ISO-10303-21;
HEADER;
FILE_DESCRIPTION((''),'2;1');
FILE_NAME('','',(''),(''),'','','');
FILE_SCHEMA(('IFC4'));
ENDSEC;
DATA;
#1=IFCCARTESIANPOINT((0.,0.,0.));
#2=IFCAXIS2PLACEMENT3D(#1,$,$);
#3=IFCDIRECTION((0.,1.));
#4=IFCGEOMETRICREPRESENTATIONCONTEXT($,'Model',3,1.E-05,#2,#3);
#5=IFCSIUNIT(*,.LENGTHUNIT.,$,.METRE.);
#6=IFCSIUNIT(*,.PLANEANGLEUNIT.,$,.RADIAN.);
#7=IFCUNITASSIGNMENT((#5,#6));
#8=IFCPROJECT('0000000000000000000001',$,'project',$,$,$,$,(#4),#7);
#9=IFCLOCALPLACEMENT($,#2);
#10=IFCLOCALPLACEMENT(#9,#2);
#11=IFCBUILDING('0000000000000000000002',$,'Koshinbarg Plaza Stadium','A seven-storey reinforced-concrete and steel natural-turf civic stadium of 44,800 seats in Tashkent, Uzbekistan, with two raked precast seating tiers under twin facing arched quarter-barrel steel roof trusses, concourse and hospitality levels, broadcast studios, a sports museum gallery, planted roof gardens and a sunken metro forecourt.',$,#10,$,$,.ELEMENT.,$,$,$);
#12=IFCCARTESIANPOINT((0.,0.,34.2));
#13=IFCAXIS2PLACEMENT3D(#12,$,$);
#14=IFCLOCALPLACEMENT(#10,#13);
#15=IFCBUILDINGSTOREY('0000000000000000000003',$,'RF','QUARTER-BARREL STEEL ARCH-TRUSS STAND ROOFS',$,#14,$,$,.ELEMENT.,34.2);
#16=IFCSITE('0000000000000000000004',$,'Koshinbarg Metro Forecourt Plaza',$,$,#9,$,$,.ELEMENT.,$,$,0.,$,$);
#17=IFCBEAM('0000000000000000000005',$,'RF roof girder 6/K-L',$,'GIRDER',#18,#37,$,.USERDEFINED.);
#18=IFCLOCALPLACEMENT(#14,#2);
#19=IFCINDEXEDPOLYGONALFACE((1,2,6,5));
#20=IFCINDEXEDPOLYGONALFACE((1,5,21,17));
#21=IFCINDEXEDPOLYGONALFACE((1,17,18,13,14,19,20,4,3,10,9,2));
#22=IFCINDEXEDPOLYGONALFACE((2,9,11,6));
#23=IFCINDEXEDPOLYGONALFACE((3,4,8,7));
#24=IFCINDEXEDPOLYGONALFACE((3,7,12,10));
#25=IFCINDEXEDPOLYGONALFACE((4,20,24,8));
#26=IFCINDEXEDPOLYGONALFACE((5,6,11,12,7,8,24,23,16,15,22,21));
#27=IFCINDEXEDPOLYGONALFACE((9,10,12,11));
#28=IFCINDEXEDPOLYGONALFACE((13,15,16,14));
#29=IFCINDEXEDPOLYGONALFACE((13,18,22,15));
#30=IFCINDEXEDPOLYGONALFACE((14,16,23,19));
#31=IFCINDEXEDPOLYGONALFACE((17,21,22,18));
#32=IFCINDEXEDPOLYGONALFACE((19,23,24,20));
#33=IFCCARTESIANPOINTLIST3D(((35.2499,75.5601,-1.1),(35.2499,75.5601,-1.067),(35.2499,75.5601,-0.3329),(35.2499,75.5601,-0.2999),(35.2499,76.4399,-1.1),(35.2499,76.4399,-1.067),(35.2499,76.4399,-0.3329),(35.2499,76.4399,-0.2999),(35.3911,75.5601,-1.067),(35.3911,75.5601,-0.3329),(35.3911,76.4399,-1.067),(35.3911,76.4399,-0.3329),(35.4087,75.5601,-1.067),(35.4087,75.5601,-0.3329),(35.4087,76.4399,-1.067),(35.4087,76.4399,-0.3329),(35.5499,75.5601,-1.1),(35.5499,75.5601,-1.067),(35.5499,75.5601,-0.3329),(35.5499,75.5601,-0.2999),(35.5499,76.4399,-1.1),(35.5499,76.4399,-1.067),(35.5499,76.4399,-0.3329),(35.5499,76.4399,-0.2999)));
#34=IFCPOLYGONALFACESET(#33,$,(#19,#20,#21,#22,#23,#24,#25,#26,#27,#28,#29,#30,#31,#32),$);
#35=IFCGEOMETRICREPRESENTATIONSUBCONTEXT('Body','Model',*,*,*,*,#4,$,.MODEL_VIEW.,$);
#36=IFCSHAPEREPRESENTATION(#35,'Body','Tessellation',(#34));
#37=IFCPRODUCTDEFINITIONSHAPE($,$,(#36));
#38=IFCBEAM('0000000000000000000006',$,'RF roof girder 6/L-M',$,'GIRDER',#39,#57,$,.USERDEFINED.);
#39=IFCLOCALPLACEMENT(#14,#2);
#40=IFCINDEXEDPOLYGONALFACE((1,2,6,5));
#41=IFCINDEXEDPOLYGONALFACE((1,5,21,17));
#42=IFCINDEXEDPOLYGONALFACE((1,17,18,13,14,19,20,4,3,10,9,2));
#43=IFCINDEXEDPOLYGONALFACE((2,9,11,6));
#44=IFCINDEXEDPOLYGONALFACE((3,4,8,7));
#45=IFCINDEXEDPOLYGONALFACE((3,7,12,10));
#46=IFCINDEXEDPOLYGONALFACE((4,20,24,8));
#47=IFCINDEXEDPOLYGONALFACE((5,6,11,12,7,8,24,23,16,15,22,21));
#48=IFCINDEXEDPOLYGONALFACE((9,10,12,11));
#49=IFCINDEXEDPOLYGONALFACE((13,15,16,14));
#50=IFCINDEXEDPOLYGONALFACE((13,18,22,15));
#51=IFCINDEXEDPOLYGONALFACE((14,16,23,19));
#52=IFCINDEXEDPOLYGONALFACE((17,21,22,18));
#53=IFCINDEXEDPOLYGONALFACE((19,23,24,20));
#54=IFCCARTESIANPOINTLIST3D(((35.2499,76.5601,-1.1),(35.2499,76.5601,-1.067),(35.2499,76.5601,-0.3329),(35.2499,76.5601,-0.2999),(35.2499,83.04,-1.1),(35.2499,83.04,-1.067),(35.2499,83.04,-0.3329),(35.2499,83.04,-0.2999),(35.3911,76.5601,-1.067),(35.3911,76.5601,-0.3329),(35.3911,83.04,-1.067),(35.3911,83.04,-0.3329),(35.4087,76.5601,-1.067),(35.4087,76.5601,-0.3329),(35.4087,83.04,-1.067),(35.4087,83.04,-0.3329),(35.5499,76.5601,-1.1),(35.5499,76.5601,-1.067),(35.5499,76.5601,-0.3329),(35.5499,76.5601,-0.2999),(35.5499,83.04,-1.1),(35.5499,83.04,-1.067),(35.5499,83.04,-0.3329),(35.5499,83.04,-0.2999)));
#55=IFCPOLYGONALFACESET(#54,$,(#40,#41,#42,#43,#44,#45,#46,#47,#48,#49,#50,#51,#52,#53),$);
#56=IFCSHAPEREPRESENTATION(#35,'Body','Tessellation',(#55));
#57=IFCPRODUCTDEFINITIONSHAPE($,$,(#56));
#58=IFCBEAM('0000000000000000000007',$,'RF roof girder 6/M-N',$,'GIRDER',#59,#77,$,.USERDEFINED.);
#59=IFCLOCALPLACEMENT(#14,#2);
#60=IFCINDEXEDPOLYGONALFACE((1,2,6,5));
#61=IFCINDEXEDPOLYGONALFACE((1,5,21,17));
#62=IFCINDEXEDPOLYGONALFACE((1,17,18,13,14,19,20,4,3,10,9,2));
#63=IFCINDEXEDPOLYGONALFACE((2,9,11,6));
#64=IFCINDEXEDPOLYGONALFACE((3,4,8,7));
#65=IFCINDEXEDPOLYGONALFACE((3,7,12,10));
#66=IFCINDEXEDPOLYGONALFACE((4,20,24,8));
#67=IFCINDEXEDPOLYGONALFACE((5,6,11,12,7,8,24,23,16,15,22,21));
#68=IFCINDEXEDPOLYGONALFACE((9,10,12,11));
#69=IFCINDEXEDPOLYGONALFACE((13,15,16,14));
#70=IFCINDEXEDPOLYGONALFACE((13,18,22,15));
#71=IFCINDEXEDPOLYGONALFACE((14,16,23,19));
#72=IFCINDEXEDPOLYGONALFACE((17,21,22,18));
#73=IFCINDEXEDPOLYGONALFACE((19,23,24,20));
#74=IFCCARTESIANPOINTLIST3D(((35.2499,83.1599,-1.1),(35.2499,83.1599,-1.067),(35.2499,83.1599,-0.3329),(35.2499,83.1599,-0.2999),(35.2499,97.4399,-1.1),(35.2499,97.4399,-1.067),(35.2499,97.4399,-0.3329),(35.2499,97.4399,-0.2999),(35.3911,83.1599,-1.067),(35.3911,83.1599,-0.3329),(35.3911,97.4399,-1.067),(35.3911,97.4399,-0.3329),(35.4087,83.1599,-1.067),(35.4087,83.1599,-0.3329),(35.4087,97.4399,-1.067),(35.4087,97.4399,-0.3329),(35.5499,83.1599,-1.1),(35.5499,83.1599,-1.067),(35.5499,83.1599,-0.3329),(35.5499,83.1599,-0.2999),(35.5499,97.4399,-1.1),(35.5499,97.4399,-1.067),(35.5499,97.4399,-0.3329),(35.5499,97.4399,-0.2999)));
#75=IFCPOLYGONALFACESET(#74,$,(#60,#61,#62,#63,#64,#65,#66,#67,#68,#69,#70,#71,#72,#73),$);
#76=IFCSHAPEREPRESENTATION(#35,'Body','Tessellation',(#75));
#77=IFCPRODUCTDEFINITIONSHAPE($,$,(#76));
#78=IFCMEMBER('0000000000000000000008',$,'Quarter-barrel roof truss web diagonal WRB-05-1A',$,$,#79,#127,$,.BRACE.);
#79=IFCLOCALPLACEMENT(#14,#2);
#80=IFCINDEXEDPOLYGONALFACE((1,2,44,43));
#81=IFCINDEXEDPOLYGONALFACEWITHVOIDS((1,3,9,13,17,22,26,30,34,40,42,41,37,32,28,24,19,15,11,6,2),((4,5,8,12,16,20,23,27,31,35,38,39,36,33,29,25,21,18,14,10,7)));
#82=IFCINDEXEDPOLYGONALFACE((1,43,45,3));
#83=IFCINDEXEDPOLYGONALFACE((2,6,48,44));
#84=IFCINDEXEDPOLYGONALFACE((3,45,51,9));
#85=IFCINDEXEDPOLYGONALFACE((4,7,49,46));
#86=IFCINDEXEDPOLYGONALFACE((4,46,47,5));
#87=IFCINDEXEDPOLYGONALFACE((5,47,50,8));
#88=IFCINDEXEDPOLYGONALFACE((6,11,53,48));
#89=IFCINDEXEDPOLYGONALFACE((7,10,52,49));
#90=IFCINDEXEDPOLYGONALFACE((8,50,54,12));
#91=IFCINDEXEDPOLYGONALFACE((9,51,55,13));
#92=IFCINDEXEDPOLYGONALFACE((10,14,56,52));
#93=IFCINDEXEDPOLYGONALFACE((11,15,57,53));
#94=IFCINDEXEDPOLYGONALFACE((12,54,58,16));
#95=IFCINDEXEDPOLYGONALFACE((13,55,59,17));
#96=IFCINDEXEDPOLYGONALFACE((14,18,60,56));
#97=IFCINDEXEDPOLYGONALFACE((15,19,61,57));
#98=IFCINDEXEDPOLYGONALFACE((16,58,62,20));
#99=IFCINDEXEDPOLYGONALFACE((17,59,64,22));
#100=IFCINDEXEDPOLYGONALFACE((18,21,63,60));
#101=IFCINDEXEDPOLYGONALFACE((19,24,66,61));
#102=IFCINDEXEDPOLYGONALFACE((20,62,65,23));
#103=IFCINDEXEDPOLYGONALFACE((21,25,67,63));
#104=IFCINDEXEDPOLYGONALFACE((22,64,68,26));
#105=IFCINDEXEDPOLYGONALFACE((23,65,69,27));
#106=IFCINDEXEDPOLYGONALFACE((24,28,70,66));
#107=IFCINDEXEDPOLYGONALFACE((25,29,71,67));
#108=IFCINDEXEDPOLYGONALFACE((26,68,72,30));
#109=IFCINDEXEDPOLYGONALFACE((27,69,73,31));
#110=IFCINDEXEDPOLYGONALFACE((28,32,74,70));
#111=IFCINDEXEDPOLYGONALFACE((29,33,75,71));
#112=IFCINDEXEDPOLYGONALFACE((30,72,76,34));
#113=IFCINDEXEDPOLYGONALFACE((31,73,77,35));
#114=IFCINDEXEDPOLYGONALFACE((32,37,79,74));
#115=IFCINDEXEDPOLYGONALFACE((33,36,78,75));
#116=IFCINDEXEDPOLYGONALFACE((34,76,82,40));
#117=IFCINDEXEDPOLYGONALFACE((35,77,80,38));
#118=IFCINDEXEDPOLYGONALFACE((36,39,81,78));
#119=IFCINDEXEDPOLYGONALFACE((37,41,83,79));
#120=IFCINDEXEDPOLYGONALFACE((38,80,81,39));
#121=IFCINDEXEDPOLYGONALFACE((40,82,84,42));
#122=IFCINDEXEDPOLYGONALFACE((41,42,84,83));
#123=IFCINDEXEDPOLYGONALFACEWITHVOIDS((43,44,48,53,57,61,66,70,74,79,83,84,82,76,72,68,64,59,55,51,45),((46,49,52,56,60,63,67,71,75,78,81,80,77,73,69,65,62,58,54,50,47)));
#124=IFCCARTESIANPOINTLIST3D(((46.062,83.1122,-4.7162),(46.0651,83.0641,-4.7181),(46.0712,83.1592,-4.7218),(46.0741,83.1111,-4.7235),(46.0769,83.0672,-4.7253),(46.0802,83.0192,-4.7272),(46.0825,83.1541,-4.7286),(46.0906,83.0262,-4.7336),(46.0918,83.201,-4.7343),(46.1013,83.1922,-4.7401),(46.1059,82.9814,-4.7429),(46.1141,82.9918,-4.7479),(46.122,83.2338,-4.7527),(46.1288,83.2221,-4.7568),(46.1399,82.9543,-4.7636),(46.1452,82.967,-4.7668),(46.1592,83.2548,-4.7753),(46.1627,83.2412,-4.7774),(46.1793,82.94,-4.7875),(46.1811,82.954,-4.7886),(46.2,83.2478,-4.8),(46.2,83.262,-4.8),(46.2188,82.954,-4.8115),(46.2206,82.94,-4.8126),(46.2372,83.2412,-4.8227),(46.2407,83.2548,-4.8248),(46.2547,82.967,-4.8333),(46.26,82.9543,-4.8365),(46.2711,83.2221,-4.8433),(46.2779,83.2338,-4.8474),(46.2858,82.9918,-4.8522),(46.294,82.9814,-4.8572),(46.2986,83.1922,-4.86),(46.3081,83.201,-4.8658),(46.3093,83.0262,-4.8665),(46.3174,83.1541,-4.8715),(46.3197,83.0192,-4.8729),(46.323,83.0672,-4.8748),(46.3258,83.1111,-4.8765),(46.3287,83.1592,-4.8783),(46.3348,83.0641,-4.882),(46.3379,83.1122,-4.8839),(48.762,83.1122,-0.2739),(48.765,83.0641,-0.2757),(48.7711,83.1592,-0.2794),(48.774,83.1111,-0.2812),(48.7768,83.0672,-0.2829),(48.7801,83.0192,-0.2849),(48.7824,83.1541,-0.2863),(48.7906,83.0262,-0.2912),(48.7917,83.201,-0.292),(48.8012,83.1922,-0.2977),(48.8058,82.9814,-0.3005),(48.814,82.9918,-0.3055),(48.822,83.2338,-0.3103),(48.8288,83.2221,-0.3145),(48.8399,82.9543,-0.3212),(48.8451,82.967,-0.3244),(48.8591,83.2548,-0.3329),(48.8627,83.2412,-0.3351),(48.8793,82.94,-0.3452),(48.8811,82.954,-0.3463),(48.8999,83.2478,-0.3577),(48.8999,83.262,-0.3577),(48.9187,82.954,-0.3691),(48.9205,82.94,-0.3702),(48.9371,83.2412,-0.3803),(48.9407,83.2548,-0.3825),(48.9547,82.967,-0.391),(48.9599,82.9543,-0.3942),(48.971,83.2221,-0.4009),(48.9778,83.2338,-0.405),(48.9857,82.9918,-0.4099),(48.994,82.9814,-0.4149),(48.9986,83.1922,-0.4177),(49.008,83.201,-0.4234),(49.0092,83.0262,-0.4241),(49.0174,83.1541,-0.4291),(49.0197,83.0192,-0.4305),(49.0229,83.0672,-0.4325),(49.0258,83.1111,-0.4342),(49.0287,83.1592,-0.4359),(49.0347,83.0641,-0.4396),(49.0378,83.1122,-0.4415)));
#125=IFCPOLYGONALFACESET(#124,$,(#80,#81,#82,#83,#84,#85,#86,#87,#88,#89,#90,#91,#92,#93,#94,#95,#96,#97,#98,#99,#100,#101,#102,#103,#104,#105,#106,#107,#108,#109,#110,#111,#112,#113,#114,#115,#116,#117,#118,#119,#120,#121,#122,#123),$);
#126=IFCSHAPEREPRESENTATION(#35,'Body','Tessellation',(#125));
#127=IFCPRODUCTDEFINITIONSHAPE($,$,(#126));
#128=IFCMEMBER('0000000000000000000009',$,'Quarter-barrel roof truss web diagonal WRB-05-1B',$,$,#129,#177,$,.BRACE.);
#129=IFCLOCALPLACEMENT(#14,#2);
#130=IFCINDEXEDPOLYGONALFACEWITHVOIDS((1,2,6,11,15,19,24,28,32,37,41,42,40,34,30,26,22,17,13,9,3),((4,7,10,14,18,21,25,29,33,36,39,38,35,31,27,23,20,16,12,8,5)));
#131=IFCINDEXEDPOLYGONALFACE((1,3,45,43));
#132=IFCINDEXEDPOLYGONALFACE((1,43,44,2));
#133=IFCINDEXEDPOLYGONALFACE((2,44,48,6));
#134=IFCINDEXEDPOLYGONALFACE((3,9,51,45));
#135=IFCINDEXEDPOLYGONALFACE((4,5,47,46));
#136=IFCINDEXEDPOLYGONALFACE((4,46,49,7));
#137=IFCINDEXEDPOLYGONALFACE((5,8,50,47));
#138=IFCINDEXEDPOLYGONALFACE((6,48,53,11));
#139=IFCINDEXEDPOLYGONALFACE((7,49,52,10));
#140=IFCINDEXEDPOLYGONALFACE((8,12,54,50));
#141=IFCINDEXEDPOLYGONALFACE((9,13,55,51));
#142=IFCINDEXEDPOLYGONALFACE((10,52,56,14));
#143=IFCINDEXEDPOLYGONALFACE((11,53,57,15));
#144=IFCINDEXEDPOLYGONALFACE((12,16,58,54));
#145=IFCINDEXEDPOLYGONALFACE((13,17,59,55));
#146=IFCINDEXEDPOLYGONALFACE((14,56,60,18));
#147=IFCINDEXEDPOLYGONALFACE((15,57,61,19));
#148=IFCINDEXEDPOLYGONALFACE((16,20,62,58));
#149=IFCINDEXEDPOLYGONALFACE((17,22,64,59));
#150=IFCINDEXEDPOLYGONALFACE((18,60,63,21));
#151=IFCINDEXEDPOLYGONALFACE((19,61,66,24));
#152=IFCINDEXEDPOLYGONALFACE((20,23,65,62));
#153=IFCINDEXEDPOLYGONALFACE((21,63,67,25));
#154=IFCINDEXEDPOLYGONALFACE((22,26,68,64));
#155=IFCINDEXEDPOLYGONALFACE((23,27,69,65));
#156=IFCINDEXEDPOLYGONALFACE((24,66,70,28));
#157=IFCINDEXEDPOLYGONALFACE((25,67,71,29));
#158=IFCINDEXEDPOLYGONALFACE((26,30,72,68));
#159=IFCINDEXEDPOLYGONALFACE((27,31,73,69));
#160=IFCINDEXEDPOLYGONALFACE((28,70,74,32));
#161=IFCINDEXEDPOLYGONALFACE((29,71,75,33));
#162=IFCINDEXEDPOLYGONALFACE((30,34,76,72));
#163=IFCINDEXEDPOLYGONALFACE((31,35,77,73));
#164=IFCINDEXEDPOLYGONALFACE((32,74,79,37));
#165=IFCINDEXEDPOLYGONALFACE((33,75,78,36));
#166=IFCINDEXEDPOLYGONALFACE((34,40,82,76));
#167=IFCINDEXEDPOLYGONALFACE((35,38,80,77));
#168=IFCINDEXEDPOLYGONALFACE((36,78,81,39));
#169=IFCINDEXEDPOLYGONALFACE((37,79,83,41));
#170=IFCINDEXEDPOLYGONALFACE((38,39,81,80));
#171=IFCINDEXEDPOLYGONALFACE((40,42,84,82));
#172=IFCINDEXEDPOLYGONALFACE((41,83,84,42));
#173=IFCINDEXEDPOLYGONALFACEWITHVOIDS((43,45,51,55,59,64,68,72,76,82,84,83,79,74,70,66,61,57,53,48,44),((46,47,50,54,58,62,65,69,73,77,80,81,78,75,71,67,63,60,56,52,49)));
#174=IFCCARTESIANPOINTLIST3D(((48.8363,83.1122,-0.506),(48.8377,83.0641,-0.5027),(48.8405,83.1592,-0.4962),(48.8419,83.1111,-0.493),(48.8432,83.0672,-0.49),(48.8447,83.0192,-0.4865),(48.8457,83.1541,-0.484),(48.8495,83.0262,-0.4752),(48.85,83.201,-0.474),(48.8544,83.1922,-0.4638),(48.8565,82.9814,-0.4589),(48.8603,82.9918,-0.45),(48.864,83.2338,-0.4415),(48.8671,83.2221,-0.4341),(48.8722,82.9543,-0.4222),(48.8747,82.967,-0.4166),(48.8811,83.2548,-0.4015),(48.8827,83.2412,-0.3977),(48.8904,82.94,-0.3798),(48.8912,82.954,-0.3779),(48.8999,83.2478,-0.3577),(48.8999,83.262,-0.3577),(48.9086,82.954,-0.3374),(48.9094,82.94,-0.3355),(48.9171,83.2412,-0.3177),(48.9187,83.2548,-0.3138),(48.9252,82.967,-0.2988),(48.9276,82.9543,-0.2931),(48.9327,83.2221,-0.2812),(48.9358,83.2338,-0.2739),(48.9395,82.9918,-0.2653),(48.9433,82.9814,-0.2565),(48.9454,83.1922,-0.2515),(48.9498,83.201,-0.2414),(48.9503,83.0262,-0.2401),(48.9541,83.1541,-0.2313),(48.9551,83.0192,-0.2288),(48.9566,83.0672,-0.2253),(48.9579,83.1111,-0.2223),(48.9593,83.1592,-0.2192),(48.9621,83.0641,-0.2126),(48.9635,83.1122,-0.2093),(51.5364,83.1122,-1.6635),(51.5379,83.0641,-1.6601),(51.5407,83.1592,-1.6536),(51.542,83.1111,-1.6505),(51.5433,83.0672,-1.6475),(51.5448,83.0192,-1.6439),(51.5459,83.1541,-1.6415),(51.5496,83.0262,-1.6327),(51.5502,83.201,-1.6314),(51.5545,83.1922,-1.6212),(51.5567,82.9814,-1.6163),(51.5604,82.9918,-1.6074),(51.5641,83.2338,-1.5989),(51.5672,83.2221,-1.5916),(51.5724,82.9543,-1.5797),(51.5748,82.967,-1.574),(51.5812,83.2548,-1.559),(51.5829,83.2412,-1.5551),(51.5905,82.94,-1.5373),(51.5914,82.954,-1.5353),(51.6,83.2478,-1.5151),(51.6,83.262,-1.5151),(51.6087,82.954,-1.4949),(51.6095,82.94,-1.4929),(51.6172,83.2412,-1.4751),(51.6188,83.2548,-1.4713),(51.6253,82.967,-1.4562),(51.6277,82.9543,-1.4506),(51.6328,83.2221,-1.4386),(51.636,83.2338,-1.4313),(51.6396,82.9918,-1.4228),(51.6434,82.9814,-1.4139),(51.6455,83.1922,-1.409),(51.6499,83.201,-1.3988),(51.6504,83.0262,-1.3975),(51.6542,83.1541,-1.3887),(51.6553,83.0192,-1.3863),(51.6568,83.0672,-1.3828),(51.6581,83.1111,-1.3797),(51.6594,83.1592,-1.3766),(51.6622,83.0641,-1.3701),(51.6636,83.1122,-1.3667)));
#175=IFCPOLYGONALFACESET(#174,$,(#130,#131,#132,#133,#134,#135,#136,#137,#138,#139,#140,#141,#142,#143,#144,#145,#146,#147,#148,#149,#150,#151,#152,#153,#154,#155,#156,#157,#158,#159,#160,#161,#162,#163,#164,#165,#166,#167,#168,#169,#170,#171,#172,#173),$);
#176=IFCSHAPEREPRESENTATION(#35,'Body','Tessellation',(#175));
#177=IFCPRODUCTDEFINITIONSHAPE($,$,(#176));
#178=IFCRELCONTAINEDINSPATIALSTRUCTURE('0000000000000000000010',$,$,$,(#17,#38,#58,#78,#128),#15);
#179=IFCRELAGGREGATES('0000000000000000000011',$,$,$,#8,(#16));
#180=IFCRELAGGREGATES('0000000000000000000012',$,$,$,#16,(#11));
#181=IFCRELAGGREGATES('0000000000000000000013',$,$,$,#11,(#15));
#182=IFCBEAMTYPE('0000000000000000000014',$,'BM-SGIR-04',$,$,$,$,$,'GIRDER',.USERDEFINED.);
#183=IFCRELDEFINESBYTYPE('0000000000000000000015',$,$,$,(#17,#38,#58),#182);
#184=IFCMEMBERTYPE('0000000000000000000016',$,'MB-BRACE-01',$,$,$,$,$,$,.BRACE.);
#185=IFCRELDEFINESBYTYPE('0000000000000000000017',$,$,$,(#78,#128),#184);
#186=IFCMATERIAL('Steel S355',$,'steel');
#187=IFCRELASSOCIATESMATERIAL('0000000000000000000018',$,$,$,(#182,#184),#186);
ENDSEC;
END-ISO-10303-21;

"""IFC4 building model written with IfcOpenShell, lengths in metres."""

from ifc_helpers import new_model, si_unit, direction, frame, origin, origin_2d, place, context, subcontext, project, spatial, hollow_circle, i_section, extrude, material, material_profile, profile_set, type_object, element, save


model = new_model("IFC4")

# Units and contexts
model_context = context("Model", 3, precision=1e-05, world=origin(), true_north=direction((0.0, 1.0)))
body_context = subcontext(model_context, "Body", "Model", "MODEL_VIEW")
ifc_project = project(units=[si_unit("LENGTHUNIT", "METRE"), si_unit("PLANEANGLEUNIT", "RADIAN")], contexts=[model_context])

# Site, building, storey
site_placement = place(None, origin())
site = spatial("IfcSite", under=ifc_project, at=site_placement, Name="Koshinbarg Metro Forecourt Plaza", CompositionType="ELEMENT", RefElevation=0.0)
building_placement = place(site_placement, origin())
building = spatial("IfcBuilding", under=site, at=building_placement, Name="Koshinbarg Plaza Stadium", Description="A seven-storey reinforced-concrete and steel natural-turf civic stadium of 44,800 seats in Tashkent, Uzbekistan, with two raked precast seating tiers under twin facing arched quarter-barrel steel roof trusses, concourse and hospitality levels, broadcast studios, a sports museum gallery, planted roof gardens and a sunken metro forecourt.", CompositionType="ELEMENT")
storey_placement = place(building_placement, frame((0.0, 0.0, 34.2)))
storey = spatial("IfcBuildingStorey", under=building, at=storey_placement, Name="RF", Description="QUARTER-BARREL STEEL ARCH-TRUSS STAND ROOFS", CompositionType="ELEMENT", Elevation=34.2)

# Beams
ifc_material_1 = material(Name="Steel S355", Category="steel")
ifc_material_profile_1 = material_profile(ifc_material_1, i_section(OverallWidth=0.3, OverallDepth=0.8, WebThickness=0.0176, FlangeThickness=0.033, at=origin_2d()), Name="HEB 800")
ifc_profile_set_1 = profile_set([ifc_material_profile_1], Name="Steel S355")
beam_type_1 = type_object("IfcBeamType", Name="BM-SGIR-04", ElementType="GIRDER", PredefinedType="USERDEFINED", material=ifc_profile_set_1)
beam_1_placement = place(storey_placement, frame((35.3999, 75.5601, -0.7), z_axis=(0.0, 1.0, 0.0), x_axis=(-1.0, 0.0, 0.0)))
element("IfcBeam", 1, at=beam_1_placement, inside=storey, type_object=beam_type_1, Name="RF roof girder 6/K-L", ObjectType="GIRDER", PredefinedType="USERDEFINED", context=body_context, shape_type="SweptSolid", body=[
    extrude(i_section(OverallWidth=0.3, OverallDepth=0.8, WebThickness=0.0176, FlangeThickness=0.033, at=origin_2d()), origin(), (0.0, 0.0, 1.0), 0.8799),
])
beam_2_placement = place(storey_placement, frame((35.3999, 76.5601, -0.7), z_axis=(0.0, 1.0, 0.0), x_axis=(-1.0, 0.0, 0.0)))
element("IfcBeam", 2, at=beam_2_placement, inside=storey, type_object=beam_type_1, Name="RF roof girder 6/L-M", ObjectType="GIRDER", PredefinedType="USERDEFINED", context=body_context, shape_type="SweptSolid", body=[
    extrude(i_section(OverallWidth=0.3, OverallDepth=0.8, WebThickness=0.0176, FlangeThickness=0.033, at=origin_2d()), origin(), (0.0, 0.0, 1.0), 6.48),
])
beam_3_placement = place(storey_placement, frame((35.3999, 83.1599, -0.7), z_axis=(0.0, 1.0, 0.0), x_axis=(-1.0, 0.0, 0.0)))
element("IfcBeam", 3, at=beam_3_placement, inside=storey, type_object=beam_type_1, Name="RF roof girder 6/M-N", ObjectType="GIRDER", PredefinedType="USERDEFINED", context=body_context, shape_type="SweptSolid", body=[
    extrude(i_section(OverallWidth=0.3, OverallDepth=0.8, WebThickness=0.0176, FlangeThickness=0.033, at=origin_2d()), origin(), (0.0, 0.0, 1.0), 14.28),
])

# Members
ifc_material_profile_2 = material_profile(ifc_material_1, hollow_circle(Radius=0.1619, WallThickness=0.0142, at=origin_2d()), Name="CHS 323.9x14.2")
ifc_profile_set_2 = profile_set([ifc_material_profile_2], Name="Steel S355")
member_type_1 = type_object("IfcMemberType", Name="MB-BRACE-01", PredefinedType="BRACE", material=ifc_profile_set_2)
member_1_placement = place(storey_placement, frame((46.2, 83.1001, -4.8), z_axis=(0.51937, 0.0, 0.854549), x_axis=(0.0, 1.0, 0.0)))
element("IfcMember", 4, at=member_1_placement, inside=storey, type_object=member_type_1, Name="Quarter-barrel roof truss web diagonal WRB-05-1A", PredefinedType="BRACE", context=body_context, shape_type="SweptSolid", body=[
    extrude(hollow_circle(Radius=0.1619, WallThickness=0.0142, at=origin_2d()), origin(), (0.0, 0.0, 1.0), 5.1985),
])
member_2_placement = place(storey_placement, frame((48.8999, 83.1001, -0.3577), z_axis=(0.919115, 0.0, -0.39399), x_axis=(0.0, 1.0, 0.0)))
element("IfcMember", 5, at=member_2_placement, inside=storey, type_object=member_type_1, Name="Quarter-barrel roof truss web diagonal WRB-05-1B", PredefinedType="BRACE", context=body_context, shape_type="SweptSolid", body=[
    extrude(hollow_circle(Radius=0.1619, WallThickness=0.0142, at=origin_2d()), origin(), (0.0, 0.0, 1.0), 2.9377),
])

save(model, "model.ifc")
